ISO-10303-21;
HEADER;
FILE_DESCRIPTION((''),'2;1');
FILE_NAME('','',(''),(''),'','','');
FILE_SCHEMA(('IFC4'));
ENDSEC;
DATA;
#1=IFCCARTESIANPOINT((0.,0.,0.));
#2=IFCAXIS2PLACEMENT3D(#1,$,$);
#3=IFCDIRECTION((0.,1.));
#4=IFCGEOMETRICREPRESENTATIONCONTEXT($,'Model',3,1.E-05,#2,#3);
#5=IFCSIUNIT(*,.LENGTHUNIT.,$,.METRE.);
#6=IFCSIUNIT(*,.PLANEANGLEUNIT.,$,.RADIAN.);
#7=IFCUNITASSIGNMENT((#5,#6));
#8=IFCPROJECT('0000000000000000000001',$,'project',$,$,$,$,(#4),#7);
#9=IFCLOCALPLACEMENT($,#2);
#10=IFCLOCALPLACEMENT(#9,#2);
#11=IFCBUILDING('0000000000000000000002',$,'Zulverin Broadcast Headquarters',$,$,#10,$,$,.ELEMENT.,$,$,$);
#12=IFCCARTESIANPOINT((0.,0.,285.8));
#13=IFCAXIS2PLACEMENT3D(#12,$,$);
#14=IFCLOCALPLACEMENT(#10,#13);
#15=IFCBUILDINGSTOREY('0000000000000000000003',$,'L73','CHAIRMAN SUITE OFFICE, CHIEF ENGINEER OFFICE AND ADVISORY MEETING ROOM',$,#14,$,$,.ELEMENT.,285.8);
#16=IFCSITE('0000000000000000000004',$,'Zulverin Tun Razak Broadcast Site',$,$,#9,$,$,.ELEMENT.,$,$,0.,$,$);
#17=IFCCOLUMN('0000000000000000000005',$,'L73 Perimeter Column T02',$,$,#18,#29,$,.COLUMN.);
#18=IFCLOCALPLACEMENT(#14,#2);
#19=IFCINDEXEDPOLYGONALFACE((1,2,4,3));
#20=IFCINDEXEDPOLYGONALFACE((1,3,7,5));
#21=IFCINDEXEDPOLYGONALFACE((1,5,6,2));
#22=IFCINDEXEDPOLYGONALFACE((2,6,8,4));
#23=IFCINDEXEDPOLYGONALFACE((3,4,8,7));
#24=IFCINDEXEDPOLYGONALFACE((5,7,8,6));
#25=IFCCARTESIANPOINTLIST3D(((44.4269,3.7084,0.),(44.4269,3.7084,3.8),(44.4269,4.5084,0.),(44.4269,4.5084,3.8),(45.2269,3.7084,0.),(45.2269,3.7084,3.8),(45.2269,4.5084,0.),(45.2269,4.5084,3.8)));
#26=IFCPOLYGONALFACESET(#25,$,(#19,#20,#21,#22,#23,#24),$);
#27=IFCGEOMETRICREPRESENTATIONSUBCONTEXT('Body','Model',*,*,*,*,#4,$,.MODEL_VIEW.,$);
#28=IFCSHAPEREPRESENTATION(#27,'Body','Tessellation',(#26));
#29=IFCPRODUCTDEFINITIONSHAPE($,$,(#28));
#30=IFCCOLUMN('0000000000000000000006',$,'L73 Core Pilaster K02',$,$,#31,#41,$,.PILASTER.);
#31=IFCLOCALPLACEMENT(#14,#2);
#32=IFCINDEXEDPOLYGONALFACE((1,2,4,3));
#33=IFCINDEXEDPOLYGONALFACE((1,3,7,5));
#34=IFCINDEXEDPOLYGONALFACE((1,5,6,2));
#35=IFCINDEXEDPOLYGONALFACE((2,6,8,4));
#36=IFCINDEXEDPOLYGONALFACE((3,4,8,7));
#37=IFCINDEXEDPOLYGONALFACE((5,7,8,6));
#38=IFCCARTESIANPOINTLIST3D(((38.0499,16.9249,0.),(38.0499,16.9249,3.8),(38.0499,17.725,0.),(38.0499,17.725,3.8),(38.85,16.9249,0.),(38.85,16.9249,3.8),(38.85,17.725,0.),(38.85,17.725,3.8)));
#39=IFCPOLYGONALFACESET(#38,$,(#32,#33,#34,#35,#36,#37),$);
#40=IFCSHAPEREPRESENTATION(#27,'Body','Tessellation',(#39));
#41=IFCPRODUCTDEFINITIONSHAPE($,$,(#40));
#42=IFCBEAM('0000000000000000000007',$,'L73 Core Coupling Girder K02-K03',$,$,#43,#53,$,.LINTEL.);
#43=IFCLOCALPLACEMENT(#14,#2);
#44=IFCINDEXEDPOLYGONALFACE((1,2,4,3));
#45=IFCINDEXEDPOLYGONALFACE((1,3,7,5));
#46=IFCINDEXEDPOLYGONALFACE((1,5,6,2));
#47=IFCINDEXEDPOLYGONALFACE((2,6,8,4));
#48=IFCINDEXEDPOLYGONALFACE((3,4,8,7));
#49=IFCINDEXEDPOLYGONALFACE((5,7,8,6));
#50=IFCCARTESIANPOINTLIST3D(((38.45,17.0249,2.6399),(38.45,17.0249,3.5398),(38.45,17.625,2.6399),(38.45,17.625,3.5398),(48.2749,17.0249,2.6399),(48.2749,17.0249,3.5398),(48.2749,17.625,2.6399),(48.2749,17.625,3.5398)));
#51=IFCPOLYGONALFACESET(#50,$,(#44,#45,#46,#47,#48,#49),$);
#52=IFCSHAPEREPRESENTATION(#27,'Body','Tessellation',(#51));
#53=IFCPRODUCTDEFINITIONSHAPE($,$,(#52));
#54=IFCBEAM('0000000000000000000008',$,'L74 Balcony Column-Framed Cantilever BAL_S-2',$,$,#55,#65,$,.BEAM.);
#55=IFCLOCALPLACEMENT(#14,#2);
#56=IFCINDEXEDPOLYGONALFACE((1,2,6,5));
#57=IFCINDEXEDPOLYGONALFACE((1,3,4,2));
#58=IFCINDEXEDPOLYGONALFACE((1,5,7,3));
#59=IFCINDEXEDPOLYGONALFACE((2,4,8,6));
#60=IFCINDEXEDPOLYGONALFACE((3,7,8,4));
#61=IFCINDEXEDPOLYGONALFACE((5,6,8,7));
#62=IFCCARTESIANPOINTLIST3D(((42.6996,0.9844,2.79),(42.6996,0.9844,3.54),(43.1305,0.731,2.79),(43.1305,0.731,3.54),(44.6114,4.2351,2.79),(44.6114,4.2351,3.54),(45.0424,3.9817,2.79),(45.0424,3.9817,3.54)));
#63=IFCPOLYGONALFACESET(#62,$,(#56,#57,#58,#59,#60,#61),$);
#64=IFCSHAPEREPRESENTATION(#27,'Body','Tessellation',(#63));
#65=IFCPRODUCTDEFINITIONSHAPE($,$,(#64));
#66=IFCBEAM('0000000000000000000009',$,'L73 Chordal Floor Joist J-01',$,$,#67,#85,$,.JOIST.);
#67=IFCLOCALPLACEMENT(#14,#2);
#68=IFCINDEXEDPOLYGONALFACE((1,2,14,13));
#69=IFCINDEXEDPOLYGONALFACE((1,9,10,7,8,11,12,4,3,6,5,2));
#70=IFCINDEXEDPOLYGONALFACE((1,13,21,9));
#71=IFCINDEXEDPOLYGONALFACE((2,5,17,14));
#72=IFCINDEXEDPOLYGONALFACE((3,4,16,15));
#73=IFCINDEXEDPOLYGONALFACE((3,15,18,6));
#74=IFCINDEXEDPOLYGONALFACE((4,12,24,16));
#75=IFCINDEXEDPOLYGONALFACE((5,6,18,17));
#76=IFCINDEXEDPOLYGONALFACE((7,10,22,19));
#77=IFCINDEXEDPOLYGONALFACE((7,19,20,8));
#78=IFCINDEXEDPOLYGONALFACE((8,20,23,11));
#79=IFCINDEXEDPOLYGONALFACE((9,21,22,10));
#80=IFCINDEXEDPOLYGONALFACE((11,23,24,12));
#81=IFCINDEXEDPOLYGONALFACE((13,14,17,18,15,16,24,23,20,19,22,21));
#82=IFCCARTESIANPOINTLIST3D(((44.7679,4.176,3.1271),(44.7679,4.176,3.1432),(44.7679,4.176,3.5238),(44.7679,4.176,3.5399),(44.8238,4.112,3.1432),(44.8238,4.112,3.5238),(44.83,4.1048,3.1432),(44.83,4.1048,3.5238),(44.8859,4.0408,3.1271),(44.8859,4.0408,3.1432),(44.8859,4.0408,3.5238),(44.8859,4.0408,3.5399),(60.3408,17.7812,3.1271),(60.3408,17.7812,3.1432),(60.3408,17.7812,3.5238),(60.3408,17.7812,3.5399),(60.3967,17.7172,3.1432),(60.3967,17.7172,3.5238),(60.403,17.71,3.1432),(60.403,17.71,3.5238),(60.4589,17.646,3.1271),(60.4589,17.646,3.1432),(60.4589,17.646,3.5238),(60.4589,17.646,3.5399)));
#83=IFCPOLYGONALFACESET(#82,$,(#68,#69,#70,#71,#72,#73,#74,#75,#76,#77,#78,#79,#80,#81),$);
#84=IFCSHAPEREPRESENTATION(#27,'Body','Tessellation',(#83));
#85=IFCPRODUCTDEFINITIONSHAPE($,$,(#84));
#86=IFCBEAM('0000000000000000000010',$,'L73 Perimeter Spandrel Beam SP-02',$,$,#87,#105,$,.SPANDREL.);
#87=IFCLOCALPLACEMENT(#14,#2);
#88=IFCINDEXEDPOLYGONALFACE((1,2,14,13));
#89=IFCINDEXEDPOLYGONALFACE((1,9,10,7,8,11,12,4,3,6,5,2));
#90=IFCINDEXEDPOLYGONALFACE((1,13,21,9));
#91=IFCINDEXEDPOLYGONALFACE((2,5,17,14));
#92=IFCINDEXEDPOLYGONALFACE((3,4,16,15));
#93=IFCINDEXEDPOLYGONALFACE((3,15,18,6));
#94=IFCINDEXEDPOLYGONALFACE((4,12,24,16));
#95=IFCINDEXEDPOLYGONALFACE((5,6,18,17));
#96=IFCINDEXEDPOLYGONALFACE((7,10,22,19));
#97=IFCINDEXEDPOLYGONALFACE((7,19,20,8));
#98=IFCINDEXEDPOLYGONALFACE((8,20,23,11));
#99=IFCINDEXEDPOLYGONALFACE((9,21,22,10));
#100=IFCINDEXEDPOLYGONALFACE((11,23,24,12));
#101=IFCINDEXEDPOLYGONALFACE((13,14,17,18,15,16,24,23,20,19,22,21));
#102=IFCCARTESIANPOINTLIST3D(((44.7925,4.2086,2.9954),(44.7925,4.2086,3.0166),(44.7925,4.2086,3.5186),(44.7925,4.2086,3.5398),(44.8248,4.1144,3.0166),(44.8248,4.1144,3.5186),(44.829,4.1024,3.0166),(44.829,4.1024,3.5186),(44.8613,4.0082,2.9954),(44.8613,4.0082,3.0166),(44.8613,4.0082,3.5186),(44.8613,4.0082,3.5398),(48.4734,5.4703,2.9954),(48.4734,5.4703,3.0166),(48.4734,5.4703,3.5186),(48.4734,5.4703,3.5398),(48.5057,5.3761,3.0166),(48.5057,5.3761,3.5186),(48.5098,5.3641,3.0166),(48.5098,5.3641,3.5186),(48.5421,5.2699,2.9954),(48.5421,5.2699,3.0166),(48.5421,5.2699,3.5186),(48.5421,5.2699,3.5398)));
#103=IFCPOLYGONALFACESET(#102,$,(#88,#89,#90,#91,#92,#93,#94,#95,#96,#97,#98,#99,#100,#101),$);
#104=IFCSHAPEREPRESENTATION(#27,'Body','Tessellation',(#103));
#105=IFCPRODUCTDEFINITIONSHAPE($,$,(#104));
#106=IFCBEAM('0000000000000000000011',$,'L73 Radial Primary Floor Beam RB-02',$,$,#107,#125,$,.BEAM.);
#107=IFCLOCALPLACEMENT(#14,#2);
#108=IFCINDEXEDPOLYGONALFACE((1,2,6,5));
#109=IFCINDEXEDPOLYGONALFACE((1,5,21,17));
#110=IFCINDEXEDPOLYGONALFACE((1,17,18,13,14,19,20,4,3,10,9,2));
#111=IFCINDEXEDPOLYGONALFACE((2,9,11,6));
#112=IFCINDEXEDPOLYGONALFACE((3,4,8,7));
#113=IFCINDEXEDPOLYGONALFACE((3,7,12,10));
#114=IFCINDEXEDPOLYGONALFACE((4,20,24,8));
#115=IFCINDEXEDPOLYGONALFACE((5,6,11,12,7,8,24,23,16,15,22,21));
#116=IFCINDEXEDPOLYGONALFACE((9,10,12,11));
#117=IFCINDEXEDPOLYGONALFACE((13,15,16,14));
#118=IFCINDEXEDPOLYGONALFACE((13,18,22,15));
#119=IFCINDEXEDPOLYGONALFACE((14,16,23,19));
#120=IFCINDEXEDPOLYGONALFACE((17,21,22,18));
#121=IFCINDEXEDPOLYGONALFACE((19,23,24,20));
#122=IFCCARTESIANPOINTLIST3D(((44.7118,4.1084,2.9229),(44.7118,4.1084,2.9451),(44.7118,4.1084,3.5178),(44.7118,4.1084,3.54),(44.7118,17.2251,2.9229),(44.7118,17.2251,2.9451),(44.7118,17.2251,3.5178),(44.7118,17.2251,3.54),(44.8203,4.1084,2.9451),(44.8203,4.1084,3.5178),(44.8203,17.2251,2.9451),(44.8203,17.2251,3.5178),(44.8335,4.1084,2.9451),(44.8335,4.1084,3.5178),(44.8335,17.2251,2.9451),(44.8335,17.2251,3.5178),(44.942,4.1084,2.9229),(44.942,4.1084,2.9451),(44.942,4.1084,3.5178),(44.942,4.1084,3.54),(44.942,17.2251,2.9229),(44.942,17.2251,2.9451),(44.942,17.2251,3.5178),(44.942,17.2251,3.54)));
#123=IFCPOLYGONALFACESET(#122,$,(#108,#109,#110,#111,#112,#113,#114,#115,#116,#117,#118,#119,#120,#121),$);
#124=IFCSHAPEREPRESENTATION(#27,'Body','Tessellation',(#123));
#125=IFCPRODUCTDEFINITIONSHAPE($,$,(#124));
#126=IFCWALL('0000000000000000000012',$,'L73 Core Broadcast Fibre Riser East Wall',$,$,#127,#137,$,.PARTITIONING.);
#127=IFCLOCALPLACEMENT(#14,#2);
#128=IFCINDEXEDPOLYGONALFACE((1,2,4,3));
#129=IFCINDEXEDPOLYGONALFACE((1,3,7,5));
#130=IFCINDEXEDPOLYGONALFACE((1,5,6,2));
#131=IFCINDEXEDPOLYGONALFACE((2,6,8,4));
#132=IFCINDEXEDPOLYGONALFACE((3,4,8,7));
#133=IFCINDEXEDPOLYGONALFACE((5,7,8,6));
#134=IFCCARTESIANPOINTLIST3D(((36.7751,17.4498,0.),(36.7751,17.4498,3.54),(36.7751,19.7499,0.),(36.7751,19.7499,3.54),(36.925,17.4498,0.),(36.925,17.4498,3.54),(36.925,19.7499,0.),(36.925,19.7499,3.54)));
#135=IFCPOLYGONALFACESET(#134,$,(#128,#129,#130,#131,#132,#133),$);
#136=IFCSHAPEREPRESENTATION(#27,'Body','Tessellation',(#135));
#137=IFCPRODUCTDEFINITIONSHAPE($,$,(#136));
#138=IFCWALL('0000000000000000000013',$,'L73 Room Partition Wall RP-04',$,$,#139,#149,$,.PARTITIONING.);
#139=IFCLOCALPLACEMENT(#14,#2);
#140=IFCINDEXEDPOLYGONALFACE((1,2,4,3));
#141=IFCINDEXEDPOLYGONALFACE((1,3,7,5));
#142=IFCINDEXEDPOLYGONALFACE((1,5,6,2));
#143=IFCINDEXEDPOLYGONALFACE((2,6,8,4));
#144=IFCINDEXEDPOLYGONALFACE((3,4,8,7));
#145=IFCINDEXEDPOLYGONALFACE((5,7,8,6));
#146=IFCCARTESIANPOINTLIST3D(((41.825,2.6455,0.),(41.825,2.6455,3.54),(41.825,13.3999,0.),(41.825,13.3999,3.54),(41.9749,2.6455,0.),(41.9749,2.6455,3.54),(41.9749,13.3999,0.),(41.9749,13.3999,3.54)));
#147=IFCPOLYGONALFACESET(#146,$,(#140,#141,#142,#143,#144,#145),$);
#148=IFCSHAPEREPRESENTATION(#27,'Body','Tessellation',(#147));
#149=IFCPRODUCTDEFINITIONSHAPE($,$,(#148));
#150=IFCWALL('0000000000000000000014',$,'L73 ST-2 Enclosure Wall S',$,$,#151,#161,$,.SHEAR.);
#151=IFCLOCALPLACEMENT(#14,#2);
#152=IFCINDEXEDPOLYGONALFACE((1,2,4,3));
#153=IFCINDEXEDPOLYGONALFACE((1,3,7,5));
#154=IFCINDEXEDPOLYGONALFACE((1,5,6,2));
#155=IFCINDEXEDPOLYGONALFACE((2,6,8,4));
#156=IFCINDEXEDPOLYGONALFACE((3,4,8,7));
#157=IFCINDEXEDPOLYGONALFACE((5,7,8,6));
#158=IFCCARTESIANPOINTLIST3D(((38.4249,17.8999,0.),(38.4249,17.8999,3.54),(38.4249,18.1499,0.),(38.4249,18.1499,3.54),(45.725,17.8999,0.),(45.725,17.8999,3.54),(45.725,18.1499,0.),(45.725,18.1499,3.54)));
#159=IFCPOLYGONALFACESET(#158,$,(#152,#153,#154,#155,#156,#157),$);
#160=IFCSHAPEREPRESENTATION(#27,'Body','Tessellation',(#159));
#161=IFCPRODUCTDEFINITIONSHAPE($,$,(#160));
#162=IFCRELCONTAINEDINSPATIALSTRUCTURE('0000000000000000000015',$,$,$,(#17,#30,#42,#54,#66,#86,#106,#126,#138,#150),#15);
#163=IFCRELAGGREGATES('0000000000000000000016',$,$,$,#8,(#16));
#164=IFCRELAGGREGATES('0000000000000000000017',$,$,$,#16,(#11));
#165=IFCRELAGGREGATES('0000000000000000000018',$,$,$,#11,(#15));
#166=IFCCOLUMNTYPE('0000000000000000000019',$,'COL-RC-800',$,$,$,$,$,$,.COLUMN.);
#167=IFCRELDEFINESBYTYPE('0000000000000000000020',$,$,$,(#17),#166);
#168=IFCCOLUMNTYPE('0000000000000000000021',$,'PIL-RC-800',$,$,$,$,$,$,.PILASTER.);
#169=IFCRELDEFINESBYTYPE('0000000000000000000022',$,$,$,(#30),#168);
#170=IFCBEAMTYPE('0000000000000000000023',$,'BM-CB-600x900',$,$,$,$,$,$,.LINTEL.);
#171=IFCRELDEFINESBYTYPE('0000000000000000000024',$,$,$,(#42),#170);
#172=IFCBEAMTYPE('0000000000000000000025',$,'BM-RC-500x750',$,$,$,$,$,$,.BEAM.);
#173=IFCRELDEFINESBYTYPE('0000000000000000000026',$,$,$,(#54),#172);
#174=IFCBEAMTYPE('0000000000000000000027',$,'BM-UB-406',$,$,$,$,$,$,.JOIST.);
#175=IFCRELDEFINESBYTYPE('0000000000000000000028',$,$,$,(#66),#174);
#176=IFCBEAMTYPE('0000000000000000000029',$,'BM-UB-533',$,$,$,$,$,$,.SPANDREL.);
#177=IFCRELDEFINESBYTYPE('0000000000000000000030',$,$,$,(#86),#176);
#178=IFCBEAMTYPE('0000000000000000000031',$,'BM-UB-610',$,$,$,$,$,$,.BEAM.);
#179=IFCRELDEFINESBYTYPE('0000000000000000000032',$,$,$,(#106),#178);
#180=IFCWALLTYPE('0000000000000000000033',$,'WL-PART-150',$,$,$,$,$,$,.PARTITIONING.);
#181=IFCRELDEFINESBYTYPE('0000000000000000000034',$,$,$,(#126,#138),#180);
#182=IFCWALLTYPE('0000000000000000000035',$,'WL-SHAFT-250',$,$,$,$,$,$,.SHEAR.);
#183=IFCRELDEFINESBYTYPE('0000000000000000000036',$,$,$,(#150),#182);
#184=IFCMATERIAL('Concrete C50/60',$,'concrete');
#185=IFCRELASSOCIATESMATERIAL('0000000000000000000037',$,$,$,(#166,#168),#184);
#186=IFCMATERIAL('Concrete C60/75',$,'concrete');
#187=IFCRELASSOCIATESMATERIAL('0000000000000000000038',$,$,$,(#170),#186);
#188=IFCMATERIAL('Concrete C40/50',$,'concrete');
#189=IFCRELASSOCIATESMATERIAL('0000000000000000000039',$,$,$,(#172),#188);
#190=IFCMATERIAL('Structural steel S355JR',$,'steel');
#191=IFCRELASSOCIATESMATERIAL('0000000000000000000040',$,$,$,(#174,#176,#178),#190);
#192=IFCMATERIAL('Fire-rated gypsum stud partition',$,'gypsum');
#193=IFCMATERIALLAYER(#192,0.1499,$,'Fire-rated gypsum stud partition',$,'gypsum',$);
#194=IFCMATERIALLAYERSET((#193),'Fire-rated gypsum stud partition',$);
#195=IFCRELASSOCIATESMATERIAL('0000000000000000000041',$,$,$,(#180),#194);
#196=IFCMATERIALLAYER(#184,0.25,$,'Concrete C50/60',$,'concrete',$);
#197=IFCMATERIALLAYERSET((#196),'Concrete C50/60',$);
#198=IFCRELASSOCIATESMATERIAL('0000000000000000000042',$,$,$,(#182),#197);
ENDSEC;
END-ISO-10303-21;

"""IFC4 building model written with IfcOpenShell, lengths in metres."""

from ifc_helpers import new_model, si_unit, direction, frame, frame_2d, origin, origin_2d, place, context, subcontext, project, spatial, rectangle, i_section, extrude, material, layer, layer_set, material_profile, profile_set, type_object, element, save


model = new_model("IFC4")

# Units and contexts
model_context = context("Model", 3, precision=1e-05, world=origin(), true_north=direction((0.0, 1.0)))
body_context = subcontext(model_context, "Body", "Model", "MODEL_VIEW")
ifc_project = project(units=[si_unit("LENGTHUNIT", "METRE"), si_unit("PLANEANGLEUNIT", "RADIAN")], contexts=[model_context])

# Site, building, storey
site_placement = place(None, origin())
site = spatial("IfcSite", under=ifc_project, at=site_placement, Name="Zulverin Tun Razak Broadcast Site", CompositionType="ELEMENT", RefElevation=0.0)
building_placement = place(site_placement, origin())
building = spatial("IfcBuilding", under=site, at=building_placement, Name="Zulverin Broadcast Headquarters", CompositionType="ELEMENT")
storey_placement = place(building_placement, frame((0.0, 0.0, 285.8)))
storey = spatial("IfcBuildingStorey", under=building, at=storey_placement, Name="L73", Description="CHAIRMAN SUITE OFFICE, CHIEF ENGINEER OFFICE AND ADVISORY MEETING ROOM", CompositionType="ELEMENT", Elevation=285.8)

# Columns
ifc_material_1 = material(Name="Concrete C50/60", Category="concrete")
ifc_material_profile_1 = material_profile(ifc_material_1, rectangle(XDim=0.8, YDim=0.8, at=origin_2d()), Name="Concrete C50/60", Category="concrete")
ifc_profile_set_1 = profile_set([ifc_material_profile_1], Name="Concrete C50/60")
column_type_1 = type_object("IfcColumnType", Name="COL-RC-800", PredefinedType="COLUMN", material=ifc_profile_set_1)
column_1_placement = place(storey_placement, frame((44.8269, 4.1084, 0.0), z_axis=(0.0, 0.0, 1.0), x_axis=(1.0, 0.0, 0.0)))
element("IfcColumn", 1, at=column_1_placement, inside=storey, type_object=column_type_1, Name="L73 Perimeter Column T02", PredefinedType="COLUMN", context=body_context, shape_type="SweptSolid", body=[
    extrude(rectangle(XDim=0.8, YDim=0.8, at=origin_2d()), origin(), (0.0, 0.0, 1.0), 3.8),
])
ifc_material_profile_2 = material_profile(ifc_material_1, rectangle(XDim=0.8, YDim=0.8, at=origin_2d()), Name="Concrete C50/60", Category="concrete")
ifc_profile_set_2 = profile_set([ifc_material_profile_2], Name="Concrete C50/60")
column_type_2 = type_object("IfcColumnType", Name="PIL-RC-800", PredefinedType="PILASTER", material=ifc_profile_set_2)
column_2_placement = place(storey_placement, frame((38.45, 17.325, 0.0), z_axis=(0.0, 0.0, 1.0), x_axis=(1.0, 0.0, 0.0)))
element("IfcColumn", 2, at=column_2_placement, inside=storey, type_object=column_type_2, Name="L73 Core Pilaster K02", PredefinedType="PILASTER", context=body_context, shape_type="SweptSolid", body=[
    extrude(rectangle(XDim=0.8, YDim=0.8, at=origin_2d()), origin(), (0.0, 0.0, 1.0), 3.8),
])

# Beams
ifc_material_2 = material(Name="Concrete C60/75", Category="concrete")
ifc_material_profile_3 = material_profile(ifc_material_2, rectangle(XDim=0.6001, YDim=0.8999, at=origin_2d()), Name="Concrete C60/75", Category="concrete")
ifc_profile_set_3 = profile_set([ifc_material_profile_3], Name="Concrete C60/75")
beam_type_1 = type_object("IfcBeamType", Name="BM-CB-600x900", PredefinedType="LINTEL", material=ifc_profile_set_3)
beam_1_placement = place(storey_placement, frame((38.45, 17.325, 3.0898), z_axis=(1.0, 0.0, 0.0), x_axis=(0.0, 1.0, 0.0)))
element("IfcBeam", 3, at=beam_1_placement, inside=storey, type_object=beam_type_1, Name="L73 Core Coupling Girder K02-K03", PredefinedType="LINTEL", context=body_context, shape_type="SweptSolid", body=[
    extrude(rectangle(XDim=0.6001, YDim=0.8999, at=origin_2d()), origin(), (0.0, 0.0, 1.0), 9.825),
])
ifc_material_3 = material(Name="Concrete C40/50", Category="concrete")
ifc_material_profile_4 = material_profile(ifc_material_3, rectangle(XDim=0.5, YDim=0.75, at=origin_2d()), Name="Concrete C40/50", Category="concrete")
ifc_profile_set_4 = profile_set([ifc_material_profile_4], Name="Concrete C40/50")
beam_type_2 = type_object("IfcBeamType", Name="BM-RC-500x750", PredefinedType="BEAM", material=ifc_profile_set_4)
beam_2_placement = place(storey_placement, frame((44.8269, 4.1084, 3.165), z_axis=(-0.506955, -0.861972, 0.0), x_axis=(0.861972, -0.506955, 0.0)))
element("IfcBeam", 4, at=beam_2_placement, inside=storey, type_object=beam_type_2, Name="L74 Balcony Column-Framed Cantilever BAL_S-2", PredefinedType="BEAM", context=body_context, shape_type="SweptSolid", body=[
    extrude(rectangle(XDim=0.5, YDim=0.75, at=origin_2d()), origin(), (0.0, 0.0, 1.0), 3.7712),
])
ifc_material_4 = material(Name="Structural steel S355JR", Category="steel")
ifc_material_profile_5 = material_profile(ifc_material_4, i_section(OverallWidth=0.1794, OverallDepth=0.4128, WebThickness=0.0095, FlangeThickness=0.0161, at=origin_2d()), Name="Structural steel S355JR", Category="steel")
ifc_profile_set_5 = profile_set([ifc_material_profile_5], Name="Structural steel S355JR")
beam_type_3 = type_object("IfcBeamType", Name="BM-UB-406", PredefinedType="JOIST", material=ifc_profile_set_5)
beam_3_placement = place(storey_placement, frame((44.8269, 4.1084, 3.3335), z_axis=(0.753083, 0.657925, 0.0), x_axis=(-0.657925, 0.753083, 0.0)))
element("IfcBeam", 5, at=beam_3_placement, inside=storey, type_object=beam_type_3, Name="L73 Chordal Floor Joist J-01", PredefinedType="JOIST", context=body_context, shape_type="SweptSolid", body=[
    extrude(i_section(OverallWidth=0.1794, OverallDepth=0.4128, WebThickness=0.0095, FlangeThickness=0.0161, at=origin_2d()), origin(), (0.0, 0.0, 1.0), 20.679),
])
ifc_material_profile_6 = material_profile(ifc_material_4, i_section(OverallWidth=0.2119, OverallDepth=0.5444, WebThickness=0.0127, FlangeThickness=0.0212, at=origin_2d()), Name="Structural steel S355JR", Category="steel")
ifc_profile_set_6 = profile_set([ifc_material_profile_6], Name="Structural steel S355JR")
beam_type_4 = type_object("IfcBeamType", Name="BM-UB-533", PredefinedType="SPANDREL", material=ifc_profile_set_6)
beam_4_placement = place(storey_placement, frame((44.8269, 4.1084, 3.2676), z_axis=(0.94597, 0.324254, 0.0), x_axis=(-0.324254, 0.94597, 0.0)))
element("IfcBeam", 6, at=beam_4_placement, inside=storey, type_object=beam_type_4, Name="L73 Perimeter Spandrel Beam SP-02", PredefinedType="SPANDREL", context=body_context, shape_type="SweptSolid", body=[
    extrude(i_section(OverallWidth=0.2119, OverallDepth=0.5444, WebThickness=0.0127, FlangeThickness=0.0212, at=origin_2d()), origin(), (0.0, 0.0, 1.0), 3.8911),
])
ifc_material_profile_7 = material_profile(ifc_material_4, i_section(OverallWidth=0.2302, OverallDepth=0.6172, WebThickness=0.0132, FlangeThickness=0.0222, at=origin_2d()), Name="Structural steel S355JR", Category="steel")
ifc_profile_set_7 = profile_set([ifc_material_profile_7], Name="Structural steel S355JR")
beam_type_5 = type_object("IfcBeamType", Name="BM-UB-610", PredefinedType="BEAM", material=ifc_profile_set_7)
beam_5_placement = place(storey_placement, frame((44.8269, 17.2251, 3.2314), z_axis=(0.0, -1.0, 0.0), x_axis=(1.0, 0.0, 0.0)))
element("IfcBeam", 7, at=beam_5_placement, inside=storey, type_object=beam_type_5, Name="L73 Radial Primary Floor Beam RB-02", PredefinedType="BEAM", context=body_context, shape_type="SweptSolid", body=[
    extrude(i_section(OverallWidth=0.2302, OverallDepth=0.6172, WebThickness=0.0132, FlangeThickness=0.0222, at=origin_2d()), origin(), (0.0, 0.0, 1.0), 13.1167),
])

# Walls
ifc_material_5 = material(Name="Fire-rated gypsum stud partition", Category="gypsum")
ifc_layer_1 = layer(ifc_material_5, 0.1499, Name="Fire-rated gypsum stud partition", Category="gypsum")
ifc_layer_set_1 = layer_set([ifc_layer_1], Name="Fire-rated gypsum stud partition")
wall_type_1 = type_object("IfcWallType", Name="WL-PART-150", PredefinedType="PARTITIONING", material=ifc_layer_set_1)
wall_1_placement = place(storey_placement, frame((36.8501, 17.45, 0.0), z_axis=(0.0, 0.0, 1.0), x_axis=(0.0, 1.0, 0.0)))
element("IfcWall", 8, at=wall_1_placement, inside=storey, type_object=wall_type_1, Name="L73 Core Broadcast Fibre Riser East Wall", PredefinedType="PARTITIONING", context=body_context, shape_type="SweptSolid", body=[
    extrude(rectangle(XDim=2.3, YDim=0.1499, at=frame_2d((1.1499, 0.0))), origin(), (0.0, 0.0, 1.0), 3.54),
])
wall_2_placement = place(storey_placement, frame((41.8999, 2.6455, 0.0), z_axis=(0.0, 0.0, 1.0), x_axis=(0.0, 1.0, 0.0)))
element("IfcWall", 9, at=wall_2_placement, inside=storey, type_object=wall_type_1, Name="L73 Room Partition Wall RP-04", PredefinedType="PARTITIONING", context=body_context, shape_type="SweptSolid", body=[
    extrude(rectangle(XDim=10.7544, YDim=0.1499, at=frame_2d((5.3772, 0.0))), origin(), (0.0, 0.0, 1.0), 3.54),
])
ifc_layer_2 = layer(ifc_material_1, 0.25, Name="Concrete C50/60", Category="concrete")
ifc_layer_set_2 = layer_set([ifc_layer_2], Name="Concrete C50/60")
wall_type_2 = type_object("IfcWallType", Name="WL-SHAFT-250", PredefinedType="SHEAR", material=ifc_layer_set_2)
wall_3_placement = place(storey_placement, frame((38.425, 18.0249, 0.0), z_axis=(0.0, 0.0, 1.0), x_axis=(1.0, 0.0, 0.0)))
element("IfcWall", 10, at=wall_3_placement, inside=storey, type_object=wall_type_2, Name="L73 ST-2 Enclosure Wall S", PredefinedType="SHEAR", context=body_context, shape_type="SweptSolid", body=[
    extrude(rectangle(XDim=7.3, YDim=0.25, at=frame_2d((3.6499, 0.0))), origin(), (0.0, 0.0, 1.0), 3.54),
])

save(model, "model.ifc")
